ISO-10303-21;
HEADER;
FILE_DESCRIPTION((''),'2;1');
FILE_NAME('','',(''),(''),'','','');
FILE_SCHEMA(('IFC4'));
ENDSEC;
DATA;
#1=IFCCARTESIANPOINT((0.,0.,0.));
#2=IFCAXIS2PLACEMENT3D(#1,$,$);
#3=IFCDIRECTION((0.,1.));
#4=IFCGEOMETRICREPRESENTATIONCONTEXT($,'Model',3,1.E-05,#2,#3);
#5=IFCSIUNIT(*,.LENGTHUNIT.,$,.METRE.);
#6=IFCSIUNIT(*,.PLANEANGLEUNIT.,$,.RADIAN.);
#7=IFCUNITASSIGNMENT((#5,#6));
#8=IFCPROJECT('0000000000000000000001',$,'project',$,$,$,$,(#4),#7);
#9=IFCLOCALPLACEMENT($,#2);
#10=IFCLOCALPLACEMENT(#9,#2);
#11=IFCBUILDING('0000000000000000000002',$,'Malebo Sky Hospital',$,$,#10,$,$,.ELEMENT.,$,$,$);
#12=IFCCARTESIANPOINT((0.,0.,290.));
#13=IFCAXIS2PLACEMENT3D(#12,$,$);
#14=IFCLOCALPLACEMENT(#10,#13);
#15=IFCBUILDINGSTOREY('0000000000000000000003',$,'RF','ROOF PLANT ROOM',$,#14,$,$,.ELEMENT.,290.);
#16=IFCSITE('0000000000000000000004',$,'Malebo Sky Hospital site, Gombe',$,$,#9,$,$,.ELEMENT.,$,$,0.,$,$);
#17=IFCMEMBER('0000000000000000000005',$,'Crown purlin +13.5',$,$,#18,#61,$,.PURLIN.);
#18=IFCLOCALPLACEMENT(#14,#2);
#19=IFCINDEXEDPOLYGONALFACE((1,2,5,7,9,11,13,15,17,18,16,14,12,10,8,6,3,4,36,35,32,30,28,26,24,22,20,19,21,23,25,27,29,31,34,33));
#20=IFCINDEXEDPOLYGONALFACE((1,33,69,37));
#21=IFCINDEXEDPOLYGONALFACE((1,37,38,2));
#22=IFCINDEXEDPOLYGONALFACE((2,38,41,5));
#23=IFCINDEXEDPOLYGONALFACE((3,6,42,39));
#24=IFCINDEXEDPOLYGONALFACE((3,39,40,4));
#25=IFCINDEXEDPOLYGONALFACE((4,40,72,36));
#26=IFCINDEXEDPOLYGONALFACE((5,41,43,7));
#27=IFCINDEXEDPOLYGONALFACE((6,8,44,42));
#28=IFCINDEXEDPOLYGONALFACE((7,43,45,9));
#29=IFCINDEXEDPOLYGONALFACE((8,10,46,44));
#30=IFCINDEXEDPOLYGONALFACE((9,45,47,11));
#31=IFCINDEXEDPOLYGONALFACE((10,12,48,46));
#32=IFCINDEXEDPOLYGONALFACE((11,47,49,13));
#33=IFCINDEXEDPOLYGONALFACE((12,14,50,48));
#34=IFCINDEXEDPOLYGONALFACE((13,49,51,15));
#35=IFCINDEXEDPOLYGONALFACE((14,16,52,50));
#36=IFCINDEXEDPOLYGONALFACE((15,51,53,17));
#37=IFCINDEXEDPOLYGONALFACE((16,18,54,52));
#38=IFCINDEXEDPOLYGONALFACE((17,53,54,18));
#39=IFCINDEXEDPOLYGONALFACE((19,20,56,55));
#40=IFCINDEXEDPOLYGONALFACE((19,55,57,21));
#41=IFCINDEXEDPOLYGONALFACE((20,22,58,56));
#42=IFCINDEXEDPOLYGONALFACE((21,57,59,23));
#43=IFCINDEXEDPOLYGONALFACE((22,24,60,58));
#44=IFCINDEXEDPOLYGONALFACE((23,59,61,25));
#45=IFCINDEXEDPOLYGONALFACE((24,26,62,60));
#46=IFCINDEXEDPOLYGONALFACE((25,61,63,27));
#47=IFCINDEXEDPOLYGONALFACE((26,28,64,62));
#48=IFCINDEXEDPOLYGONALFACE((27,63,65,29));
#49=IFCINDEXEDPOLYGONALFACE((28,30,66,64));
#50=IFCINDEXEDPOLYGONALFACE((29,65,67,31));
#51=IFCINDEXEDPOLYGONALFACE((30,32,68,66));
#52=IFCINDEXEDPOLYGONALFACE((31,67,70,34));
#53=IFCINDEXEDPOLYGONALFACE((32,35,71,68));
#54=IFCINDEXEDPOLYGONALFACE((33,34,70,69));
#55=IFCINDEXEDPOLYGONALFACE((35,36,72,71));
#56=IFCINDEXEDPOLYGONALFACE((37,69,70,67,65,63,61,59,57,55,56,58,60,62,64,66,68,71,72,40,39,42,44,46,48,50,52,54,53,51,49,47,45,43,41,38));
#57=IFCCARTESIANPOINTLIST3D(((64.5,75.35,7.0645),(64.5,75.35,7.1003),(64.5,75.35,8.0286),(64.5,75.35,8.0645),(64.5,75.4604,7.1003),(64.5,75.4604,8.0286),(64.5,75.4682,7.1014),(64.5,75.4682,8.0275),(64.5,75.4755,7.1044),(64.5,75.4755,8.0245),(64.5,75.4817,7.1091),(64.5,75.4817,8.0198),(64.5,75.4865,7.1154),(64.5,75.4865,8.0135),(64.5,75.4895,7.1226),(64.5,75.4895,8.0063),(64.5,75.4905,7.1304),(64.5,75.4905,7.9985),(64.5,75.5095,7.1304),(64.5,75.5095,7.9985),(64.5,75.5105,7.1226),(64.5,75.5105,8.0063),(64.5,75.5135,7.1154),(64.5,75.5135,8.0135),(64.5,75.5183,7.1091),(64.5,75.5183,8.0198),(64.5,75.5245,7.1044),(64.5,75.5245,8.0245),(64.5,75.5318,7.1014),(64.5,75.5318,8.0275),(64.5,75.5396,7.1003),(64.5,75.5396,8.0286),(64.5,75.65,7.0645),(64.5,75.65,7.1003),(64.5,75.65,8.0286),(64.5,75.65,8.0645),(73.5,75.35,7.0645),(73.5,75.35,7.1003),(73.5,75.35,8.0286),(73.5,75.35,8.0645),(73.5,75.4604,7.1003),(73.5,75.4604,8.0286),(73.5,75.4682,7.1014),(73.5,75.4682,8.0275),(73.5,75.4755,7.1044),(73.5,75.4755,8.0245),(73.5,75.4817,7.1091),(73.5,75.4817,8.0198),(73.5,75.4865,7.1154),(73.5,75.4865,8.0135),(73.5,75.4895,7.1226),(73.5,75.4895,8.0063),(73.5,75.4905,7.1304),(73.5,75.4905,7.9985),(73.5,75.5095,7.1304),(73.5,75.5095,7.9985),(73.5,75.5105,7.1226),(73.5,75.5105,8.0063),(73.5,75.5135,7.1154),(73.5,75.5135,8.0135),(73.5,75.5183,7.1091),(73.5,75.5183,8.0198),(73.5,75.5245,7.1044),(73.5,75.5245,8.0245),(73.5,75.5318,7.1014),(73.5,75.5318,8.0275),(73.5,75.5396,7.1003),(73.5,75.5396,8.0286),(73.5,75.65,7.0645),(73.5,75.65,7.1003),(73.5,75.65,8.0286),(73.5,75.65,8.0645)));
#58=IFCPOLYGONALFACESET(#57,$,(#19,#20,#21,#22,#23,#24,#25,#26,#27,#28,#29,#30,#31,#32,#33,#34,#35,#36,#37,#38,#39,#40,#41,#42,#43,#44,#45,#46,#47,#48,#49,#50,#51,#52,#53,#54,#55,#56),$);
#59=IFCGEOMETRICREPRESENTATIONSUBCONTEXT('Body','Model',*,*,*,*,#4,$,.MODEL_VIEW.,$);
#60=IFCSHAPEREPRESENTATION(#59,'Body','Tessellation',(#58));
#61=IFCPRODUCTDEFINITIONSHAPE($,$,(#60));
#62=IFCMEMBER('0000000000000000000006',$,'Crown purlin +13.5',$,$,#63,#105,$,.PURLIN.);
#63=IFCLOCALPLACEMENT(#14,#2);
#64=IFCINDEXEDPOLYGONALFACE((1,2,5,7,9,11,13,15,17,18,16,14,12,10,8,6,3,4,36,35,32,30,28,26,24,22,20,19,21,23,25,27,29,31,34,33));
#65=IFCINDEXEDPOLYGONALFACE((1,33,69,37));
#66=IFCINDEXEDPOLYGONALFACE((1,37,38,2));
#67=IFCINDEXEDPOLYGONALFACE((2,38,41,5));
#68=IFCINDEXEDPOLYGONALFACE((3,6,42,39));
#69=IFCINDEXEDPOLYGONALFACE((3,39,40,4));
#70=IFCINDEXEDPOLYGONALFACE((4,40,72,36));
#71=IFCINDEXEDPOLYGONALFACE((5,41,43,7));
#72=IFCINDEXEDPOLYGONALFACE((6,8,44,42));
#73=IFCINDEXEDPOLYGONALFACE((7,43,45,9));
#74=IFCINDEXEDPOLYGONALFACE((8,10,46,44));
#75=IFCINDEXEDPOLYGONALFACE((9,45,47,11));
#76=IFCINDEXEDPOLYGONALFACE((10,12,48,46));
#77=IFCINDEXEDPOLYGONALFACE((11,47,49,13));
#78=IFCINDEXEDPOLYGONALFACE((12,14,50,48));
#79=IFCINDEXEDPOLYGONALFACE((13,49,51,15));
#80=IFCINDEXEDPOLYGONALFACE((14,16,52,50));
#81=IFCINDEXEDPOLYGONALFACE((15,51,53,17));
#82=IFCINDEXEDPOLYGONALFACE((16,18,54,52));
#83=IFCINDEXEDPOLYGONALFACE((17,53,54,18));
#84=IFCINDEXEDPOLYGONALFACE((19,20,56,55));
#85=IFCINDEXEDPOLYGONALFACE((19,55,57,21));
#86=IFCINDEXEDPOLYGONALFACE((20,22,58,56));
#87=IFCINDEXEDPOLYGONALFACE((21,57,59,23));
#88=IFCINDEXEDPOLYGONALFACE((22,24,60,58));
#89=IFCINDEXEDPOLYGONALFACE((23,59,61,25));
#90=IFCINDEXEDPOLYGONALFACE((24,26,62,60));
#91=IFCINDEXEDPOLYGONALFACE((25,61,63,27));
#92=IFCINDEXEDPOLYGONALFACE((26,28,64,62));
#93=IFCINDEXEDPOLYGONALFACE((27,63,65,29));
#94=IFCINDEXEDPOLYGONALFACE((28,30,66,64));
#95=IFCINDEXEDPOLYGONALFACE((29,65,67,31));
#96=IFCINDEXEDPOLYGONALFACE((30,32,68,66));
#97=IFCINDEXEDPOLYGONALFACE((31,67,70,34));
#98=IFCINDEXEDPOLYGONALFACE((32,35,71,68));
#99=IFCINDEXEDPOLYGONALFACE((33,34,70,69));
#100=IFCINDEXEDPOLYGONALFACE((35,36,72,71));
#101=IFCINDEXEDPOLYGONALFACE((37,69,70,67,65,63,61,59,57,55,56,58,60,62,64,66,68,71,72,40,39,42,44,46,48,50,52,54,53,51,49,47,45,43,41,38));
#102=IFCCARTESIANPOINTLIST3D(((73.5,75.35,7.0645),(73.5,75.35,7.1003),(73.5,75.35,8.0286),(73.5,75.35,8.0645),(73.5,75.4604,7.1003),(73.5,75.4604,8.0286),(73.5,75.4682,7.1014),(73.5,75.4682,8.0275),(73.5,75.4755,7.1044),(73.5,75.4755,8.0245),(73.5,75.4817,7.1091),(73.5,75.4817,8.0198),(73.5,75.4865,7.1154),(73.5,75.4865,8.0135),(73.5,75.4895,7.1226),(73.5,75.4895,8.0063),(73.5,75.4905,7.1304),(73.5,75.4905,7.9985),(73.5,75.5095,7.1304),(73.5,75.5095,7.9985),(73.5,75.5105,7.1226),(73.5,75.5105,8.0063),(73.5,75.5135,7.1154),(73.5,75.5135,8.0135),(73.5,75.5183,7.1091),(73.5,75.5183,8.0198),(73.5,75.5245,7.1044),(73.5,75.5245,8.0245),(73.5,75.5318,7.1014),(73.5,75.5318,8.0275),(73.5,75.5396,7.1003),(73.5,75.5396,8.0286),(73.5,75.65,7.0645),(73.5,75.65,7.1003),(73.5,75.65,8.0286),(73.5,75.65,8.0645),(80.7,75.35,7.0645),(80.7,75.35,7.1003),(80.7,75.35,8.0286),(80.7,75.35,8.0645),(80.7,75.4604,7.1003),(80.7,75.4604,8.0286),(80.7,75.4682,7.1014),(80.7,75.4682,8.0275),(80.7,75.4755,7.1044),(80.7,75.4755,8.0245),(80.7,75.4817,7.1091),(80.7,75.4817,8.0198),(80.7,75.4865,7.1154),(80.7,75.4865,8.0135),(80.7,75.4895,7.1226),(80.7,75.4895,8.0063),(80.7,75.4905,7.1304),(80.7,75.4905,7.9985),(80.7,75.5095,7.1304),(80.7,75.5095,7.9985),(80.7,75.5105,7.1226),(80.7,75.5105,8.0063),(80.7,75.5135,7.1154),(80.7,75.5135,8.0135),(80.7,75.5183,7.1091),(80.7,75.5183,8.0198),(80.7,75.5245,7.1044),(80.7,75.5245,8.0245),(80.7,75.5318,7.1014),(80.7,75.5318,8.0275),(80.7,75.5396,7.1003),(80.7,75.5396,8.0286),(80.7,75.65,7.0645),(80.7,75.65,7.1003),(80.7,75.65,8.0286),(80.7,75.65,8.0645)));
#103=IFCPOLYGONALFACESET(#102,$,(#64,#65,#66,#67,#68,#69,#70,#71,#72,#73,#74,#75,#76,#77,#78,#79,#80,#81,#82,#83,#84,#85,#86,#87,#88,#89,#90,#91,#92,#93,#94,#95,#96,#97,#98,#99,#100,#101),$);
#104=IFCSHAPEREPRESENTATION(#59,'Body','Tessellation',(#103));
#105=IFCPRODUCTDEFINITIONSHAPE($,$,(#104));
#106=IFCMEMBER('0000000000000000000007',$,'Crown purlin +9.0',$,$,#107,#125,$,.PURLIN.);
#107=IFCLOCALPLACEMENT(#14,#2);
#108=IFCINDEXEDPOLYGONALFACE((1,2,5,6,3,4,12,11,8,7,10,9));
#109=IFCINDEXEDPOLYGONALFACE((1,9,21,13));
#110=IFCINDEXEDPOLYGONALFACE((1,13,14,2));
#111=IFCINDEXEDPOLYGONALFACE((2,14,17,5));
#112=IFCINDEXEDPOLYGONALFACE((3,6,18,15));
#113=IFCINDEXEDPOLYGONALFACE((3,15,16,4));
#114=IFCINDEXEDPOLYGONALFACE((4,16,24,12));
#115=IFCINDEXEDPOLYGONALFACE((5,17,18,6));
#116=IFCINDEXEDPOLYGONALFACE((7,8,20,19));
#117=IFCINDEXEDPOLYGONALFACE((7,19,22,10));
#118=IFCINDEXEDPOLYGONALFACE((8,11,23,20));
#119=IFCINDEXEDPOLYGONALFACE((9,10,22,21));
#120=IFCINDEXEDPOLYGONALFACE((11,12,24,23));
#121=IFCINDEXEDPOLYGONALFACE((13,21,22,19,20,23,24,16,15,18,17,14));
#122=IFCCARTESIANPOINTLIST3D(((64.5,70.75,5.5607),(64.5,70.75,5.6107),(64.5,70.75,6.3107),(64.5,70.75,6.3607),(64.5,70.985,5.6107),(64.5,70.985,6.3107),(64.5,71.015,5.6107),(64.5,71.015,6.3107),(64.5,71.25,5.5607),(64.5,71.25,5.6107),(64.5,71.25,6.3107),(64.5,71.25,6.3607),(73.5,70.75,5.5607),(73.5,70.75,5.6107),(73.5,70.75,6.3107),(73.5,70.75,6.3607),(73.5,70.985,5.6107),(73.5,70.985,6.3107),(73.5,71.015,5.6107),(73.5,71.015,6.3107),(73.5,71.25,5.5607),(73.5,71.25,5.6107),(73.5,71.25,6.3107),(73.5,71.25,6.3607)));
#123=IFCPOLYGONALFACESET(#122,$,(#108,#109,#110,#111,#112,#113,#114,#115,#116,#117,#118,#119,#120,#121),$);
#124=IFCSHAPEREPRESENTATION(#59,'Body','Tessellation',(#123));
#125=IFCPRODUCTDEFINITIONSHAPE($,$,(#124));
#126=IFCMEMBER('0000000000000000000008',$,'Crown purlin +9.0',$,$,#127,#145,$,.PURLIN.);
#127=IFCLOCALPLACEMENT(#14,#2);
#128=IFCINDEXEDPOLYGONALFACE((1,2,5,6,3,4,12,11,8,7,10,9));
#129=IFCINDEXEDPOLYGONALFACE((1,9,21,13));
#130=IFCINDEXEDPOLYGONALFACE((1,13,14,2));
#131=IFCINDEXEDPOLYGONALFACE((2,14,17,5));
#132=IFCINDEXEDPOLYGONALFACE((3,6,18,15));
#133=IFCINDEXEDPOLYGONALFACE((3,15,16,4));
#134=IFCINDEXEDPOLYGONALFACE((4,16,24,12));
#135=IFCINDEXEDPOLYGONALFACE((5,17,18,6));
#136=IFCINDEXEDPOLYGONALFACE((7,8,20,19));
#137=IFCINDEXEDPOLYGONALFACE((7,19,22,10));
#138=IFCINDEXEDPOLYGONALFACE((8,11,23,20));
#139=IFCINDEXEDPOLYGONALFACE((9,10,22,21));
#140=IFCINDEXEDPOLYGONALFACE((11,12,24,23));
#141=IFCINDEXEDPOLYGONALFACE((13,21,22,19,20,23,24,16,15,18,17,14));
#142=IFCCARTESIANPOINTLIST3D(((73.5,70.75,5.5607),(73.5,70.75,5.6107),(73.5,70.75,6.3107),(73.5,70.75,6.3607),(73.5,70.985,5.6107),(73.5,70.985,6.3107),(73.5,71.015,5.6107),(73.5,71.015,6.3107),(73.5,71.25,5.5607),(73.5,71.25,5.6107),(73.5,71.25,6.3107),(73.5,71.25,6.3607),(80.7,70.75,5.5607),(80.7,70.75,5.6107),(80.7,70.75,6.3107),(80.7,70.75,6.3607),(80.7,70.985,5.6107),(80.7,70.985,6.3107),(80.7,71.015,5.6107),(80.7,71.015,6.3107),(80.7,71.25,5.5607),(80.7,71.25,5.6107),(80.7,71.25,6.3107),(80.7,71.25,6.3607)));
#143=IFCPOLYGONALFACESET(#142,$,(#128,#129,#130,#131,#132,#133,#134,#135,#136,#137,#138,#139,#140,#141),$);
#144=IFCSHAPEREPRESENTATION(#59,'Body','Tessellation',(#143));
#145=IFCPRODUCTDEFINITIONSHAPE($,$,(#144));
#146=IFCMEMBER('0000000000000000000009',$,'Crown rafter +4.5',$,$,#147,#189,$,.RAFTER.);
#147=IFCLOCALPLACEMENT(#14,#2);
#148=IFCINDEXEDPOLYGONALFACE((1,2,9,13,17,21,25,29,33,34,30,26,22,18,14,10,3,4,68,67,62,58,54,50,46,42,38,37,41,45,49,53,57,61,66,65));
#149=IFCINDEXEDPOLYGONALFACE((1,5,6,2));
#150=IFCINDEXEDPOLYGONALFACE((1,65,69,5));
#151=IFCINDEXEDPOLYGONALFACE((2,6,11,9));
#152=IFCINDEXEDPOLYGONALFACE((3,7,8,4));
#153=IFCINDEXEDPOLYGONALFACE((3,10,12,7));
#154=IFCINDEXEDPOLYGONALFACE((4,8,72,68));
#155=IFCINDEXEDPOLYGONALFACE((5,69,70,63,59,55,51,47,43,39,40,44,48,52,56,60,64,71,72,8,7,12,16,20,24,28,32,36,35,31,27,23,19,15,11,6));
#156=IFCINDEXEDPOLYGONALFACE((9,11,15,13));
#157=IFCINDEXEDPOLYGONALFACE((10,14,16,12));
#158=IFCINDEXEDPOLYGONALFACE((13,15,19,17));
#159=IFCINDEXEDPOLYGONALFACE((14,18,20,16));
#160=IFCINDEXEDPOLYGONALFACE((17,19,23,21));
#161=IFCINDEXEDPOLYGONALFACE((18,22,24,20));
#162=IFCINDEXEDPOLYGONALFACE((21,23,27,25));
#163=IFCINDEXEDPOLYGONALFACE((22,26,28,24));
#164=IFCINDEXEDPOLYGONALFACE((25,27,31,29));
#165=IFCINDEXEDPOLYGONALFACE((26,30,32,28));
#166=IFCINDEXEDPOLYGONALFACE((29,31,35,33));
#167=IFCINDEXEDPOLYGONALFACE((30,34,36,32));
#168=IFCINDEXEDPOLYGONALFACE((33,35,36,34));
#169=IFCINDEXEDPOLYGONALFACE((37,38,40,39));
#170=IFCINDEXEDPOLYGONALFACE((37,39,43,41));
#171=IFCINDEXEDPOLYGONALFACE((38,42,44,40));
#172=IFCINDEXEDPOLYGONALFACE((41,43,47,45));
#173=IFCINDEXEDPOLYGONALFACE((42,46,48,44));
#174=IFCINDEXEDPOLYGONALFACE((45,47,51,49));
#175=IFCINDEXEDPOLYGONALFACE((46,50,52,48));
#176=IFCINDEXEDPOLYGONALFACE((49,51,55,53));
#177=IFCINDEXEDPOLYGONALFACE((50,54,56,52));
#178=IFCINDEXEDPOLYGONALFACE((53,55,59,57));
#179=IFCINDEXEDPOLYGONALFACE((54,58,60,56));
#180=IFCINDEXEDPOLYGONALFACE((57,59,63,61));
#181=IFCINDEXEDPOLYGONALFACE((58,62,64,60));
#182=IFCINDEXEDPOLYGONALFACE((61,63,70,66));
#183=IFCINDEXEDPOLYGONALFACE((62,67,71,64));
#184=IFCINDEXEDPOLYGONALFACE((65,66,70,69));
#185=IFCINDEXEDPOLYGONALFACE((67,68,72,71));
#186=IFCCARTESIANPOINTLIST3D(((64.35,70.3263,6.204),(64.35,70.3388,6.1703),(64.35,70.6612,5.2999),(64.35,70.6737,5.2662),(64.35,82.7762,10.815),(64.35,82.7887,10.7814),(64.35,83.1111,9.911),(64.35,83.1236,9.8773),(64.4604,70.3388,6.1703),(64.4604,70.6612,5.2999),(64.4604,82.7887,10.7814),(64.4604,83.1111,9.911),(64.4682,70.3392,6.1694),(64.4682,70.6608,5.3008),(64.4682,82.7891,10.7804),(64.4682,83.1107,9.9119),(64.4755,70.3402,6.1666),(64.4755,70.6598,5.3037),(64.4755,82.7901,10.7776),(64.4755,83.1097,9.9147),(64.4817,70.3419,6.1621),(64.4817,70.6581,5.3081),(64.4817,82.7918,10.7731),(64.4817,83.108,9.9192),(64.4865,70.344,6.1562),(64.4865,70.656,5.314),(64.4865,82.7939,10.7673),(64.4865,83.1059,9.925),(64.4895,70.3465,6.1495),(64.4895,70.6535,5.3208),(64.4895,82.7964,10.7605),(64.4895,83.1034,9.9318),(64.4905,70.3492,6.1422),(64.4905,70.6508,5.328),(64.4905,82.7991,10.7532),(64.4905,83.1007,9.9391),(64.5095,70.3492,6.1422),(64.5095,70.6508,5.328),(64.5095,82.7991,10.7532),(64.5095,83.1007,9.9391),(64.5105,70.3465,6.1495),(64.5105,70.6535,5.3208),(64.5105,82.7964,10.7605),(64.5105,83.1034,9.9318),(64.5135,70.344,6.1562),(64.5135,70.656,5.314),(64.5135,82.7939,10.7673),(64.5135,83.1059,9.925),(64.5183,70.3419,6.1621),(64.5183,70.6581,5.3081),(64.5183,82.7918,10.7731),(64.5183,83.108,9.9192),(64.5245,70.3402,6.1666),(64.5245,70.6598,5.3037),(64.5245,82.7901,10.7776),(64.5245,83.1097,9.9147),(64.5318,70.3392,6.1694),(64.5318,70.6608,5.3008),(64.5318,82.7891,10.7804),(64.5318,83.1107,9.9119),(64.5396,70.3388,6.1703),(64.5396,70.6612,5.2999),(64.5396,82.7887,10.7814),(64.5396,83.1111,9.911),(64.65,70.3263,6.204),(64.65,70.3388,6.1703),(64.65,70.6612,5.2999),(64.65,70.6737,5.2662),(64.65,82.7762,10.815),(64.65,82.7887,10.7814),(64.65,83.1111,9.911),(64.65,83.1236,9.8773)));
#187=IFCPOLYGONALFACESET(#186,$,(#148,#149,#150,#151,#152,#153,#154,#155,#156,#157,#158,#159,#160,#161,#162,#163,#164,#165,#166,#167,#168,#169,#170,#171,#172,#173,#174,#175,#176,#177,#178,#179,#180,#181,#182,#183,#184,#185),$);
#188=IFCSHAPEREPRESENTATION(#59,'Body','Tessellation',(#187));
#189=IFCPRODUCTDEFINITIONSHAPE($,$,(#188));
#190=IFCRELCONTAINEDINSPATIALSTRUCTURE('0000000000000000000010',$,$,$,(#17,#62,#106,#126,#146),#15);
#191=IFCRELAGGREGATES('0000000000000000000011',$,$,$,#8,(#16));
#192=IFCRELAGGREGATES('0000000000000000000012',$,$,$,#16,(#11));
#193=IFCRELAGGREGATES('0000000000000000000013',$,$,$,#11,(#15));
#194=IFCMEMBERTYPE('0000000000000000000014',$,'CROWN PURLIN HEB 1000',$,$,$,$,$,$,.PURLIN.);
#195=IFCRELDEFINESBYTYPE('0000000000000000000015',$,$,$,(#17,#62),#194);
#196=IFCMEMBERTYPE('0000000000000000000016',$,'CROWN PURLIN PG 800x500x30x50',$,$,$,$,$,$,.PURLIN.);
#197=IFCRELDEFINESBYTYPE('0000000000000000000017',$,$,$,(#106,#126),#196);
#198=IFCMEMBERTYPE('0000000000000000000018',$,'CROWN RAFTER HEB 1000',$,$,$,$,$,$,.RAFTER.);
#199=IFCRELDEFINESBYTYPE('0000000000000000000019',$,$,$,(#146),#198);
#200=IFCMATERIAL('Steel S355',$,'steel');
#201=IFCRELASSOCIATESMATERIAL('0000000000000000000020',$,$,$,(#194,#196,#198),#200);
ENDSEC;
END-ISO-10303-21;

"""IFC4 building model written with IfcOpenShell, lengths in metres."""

from ifc_helpers import new_model, si_unit, direction, frame, origin, origin_2d, place, context, subcontext, project, spatial, i_section, extrude, material, material_profile, profile_set, type_object, element, save


model = new_model("IFC4")

# Units and contexts
model_context = context("Model", 3, precision=1e-05, world=origin(), true_north=direction((0.0, 1.0)))
body_context = subcontext(model_context, "Body", "Model", "MODEL_VIEW")
ifc_project = project(units=[si_unit("LENGTHUNIT", "METRE"), si_unit("PLANEANGLEUNIT", "RADIAN")], contexts=[model_context])

# Site, building, storey
site_placement = place(None, origin())
site = spatial("IfcSite", under=ifc_project, at=site_placement, Name="Malebo Sky Hospital site, Gombe", CompositionType="ELEMENT", RefElevation=0.0)
building_placement = place(site_placement, origin())
building = spatial("IfcBuilding", under=site, at=building_placement, Name="Malebo Sky Hospital", CompositionType="ELEMENT")
storey_placement = place(building_placement, frame((0.0, 0.0, 290.0)))
storey = spatial("IfcBuildingStorey", under=building, at=storey_placement, Name="RF", Description="ROOF PLANT ROOM", CompositionType="ELEMENT", Elevation=290.0)

# Shared definitions
ifc_material_1 = material(Name="Steel S355", Category="steel")

# Members
ifc_material_profile_1 = material_profile(ifc_material_1, i_section(OverallWidth=0.3, OverallDepth=1.0, WebThickness=0.019, FlangeThickness=0.0359, FilletRadius=0.03, at=origin_2d()), Name="HEB 1000")
ifc_profile_set_1 = profile_set([ifc_material_profile_1], Name="Steel S355")
member_type_1 = type_object("IfcMemberType", Name="CROWN PURLIN HEB 1000", PredefinedType="PURLIN", material=ifc_profile_set_1)
member_1_placement = place(storey_placement, frame((64.5, 75.5, 7.5645), z_axis=(1.0, 0.0, 0.0), x_axis=(0.0, 1.0, 0.0)))
element("IfcMember", 1, at=member_1_placement, inside=storey, type_object=member_type_1, Name="Crown purlin +13.5", PredefinedType="PURLIN", context=body_context, shape_type="SweptSolid", body=[
    extrude(i_section(OverallWidth=0.3, OverallDepth=1.0, WebThickness=0.019, FlangeThickness=0.0359, FilletRadius=0.03, at=origin_2d()), origin(), (0.0, 0.0, 1.0), 9.0),
])
member_2_placement = place(storey_placement, frame((73.5, 75.5, 7.5645), z_axis=(1.0, 0.0, 0.0), x_axis=(0.0, 1.0, 0.0)))
element("IfcMember", 2, at=member_2_placement, inside=storey, type_object=member_type_1, Name="Crown purlin +13.5", PredefinedType="PURLIN", context=body_context, shape_type="SweptSolid", body=[
    extrude(i_section(OverallWidth=0.3, OverallDepth=1.0, WebThickness=0.019, FlangeThickness=0.0359, FilletRadius=0.03, at=origin_2d()), origin(), (0.0, 0.0, 1.0), 7.2),
])
ifc_material_profile_2 = material_profile(ifc_material_1, i_section(OverallWidth=0.5, OverallDepth=0.8, WebThickness=0.03, FlangeThickness=0.05, at=origin_2d()), Name="PG 800x500x30x50")
ifc_profile_set_2 = profile_set([ifc_material_profile_2], Name="Steel S355")
member_type_2 = type_object("IfcMemberType", Name="CROWN PURLIN PG 800x500x30x50", PredefinedType="PURLIN", material=ifc_profile_set_2)
member_3_placement = place(storey_placement, frame((64.5, 71.0, 5.9607), z_axis=(1.0, 0.0, 0.0), x_axis=(0.0, 1.0, 0.0)))
element("IfcMember", 3, at=member_3_placement, inside=storey, type_object=member_type_2, Name="Crown purlin +9.0", PredefinedType="PURLIN", context=body_context, shape_type="SweptSolid", body=[
    extrude(i_section(OverallWidth=0.5, OverallDepth=0.8, WebThickness=0.03, FlangeThickness=0.05, at=origin_2d()), origin(), (0.0, 0.0, 1.0), 9.0),
])
member_4_placement = place(storey_placement, frame((73.5, 71.0, 5.9607), z_axis=(1.0, 0.0, 0.0), x_axis=(0.0, 1.0, 0.0)))
element("IfcMember", 4, at=member_4_placement, inside=storey, type_object=member_type_2, Name="Crown purlin +9.0", PredefinedType="PURLIN", context=body_context, shape_type="SweptSolid", body=[
    extrude(i_section(OverallWidth=0.5, OverallDepth=0.8, WebThickness=0.03, FlangeThickness=0.05, at=origin_2d()), origin(), (0.0, 0.0, 1.0), 7.2),
])
ifc_material_profile_3 = material_profile(ifc_material_1, i_section(OverallWidth=0.3, OverallDepth=1.0, WebThickness=0.019, FlangeThickness=0.0359, FilletRadius=0.03, at=origin_2d()), Name="HEB 1000")
ifc_profile_set_3 = profile_set([ifc_material_profile_3], Name="Steel S355")
member_type_3 = type_object("IfcMemberType", Name="CROWN RAFTER HEB 1000", PredefinedType="RAFTER", material=ifc_profile_set_3)
member_5_placement = place(storey_placement, frame((64.5, 70.5, 5.7351), z_axis=(0.0, 0.937749, 0.347314), x_axis=(-1.0, 0.0, 0.0)))
element("IfcMember", 5, at=member_5_placement, inside=storey, type_object=member_type_3, Name="Crown rafter +4.5", PredefinedType="RAFTER", context=body_context, shape_type="SweptSolid", body=[
    extrude(i_section(OverallWidth=0.3, OverallDepth=1.0, WebThickness=0.019, FlangeThickness=0.0359, FilletRadius=0.03, at=origin_2d()), origin(), (0.0, 0.0, 1.0), 13.2764),
])

save(model, "model.ifc")
